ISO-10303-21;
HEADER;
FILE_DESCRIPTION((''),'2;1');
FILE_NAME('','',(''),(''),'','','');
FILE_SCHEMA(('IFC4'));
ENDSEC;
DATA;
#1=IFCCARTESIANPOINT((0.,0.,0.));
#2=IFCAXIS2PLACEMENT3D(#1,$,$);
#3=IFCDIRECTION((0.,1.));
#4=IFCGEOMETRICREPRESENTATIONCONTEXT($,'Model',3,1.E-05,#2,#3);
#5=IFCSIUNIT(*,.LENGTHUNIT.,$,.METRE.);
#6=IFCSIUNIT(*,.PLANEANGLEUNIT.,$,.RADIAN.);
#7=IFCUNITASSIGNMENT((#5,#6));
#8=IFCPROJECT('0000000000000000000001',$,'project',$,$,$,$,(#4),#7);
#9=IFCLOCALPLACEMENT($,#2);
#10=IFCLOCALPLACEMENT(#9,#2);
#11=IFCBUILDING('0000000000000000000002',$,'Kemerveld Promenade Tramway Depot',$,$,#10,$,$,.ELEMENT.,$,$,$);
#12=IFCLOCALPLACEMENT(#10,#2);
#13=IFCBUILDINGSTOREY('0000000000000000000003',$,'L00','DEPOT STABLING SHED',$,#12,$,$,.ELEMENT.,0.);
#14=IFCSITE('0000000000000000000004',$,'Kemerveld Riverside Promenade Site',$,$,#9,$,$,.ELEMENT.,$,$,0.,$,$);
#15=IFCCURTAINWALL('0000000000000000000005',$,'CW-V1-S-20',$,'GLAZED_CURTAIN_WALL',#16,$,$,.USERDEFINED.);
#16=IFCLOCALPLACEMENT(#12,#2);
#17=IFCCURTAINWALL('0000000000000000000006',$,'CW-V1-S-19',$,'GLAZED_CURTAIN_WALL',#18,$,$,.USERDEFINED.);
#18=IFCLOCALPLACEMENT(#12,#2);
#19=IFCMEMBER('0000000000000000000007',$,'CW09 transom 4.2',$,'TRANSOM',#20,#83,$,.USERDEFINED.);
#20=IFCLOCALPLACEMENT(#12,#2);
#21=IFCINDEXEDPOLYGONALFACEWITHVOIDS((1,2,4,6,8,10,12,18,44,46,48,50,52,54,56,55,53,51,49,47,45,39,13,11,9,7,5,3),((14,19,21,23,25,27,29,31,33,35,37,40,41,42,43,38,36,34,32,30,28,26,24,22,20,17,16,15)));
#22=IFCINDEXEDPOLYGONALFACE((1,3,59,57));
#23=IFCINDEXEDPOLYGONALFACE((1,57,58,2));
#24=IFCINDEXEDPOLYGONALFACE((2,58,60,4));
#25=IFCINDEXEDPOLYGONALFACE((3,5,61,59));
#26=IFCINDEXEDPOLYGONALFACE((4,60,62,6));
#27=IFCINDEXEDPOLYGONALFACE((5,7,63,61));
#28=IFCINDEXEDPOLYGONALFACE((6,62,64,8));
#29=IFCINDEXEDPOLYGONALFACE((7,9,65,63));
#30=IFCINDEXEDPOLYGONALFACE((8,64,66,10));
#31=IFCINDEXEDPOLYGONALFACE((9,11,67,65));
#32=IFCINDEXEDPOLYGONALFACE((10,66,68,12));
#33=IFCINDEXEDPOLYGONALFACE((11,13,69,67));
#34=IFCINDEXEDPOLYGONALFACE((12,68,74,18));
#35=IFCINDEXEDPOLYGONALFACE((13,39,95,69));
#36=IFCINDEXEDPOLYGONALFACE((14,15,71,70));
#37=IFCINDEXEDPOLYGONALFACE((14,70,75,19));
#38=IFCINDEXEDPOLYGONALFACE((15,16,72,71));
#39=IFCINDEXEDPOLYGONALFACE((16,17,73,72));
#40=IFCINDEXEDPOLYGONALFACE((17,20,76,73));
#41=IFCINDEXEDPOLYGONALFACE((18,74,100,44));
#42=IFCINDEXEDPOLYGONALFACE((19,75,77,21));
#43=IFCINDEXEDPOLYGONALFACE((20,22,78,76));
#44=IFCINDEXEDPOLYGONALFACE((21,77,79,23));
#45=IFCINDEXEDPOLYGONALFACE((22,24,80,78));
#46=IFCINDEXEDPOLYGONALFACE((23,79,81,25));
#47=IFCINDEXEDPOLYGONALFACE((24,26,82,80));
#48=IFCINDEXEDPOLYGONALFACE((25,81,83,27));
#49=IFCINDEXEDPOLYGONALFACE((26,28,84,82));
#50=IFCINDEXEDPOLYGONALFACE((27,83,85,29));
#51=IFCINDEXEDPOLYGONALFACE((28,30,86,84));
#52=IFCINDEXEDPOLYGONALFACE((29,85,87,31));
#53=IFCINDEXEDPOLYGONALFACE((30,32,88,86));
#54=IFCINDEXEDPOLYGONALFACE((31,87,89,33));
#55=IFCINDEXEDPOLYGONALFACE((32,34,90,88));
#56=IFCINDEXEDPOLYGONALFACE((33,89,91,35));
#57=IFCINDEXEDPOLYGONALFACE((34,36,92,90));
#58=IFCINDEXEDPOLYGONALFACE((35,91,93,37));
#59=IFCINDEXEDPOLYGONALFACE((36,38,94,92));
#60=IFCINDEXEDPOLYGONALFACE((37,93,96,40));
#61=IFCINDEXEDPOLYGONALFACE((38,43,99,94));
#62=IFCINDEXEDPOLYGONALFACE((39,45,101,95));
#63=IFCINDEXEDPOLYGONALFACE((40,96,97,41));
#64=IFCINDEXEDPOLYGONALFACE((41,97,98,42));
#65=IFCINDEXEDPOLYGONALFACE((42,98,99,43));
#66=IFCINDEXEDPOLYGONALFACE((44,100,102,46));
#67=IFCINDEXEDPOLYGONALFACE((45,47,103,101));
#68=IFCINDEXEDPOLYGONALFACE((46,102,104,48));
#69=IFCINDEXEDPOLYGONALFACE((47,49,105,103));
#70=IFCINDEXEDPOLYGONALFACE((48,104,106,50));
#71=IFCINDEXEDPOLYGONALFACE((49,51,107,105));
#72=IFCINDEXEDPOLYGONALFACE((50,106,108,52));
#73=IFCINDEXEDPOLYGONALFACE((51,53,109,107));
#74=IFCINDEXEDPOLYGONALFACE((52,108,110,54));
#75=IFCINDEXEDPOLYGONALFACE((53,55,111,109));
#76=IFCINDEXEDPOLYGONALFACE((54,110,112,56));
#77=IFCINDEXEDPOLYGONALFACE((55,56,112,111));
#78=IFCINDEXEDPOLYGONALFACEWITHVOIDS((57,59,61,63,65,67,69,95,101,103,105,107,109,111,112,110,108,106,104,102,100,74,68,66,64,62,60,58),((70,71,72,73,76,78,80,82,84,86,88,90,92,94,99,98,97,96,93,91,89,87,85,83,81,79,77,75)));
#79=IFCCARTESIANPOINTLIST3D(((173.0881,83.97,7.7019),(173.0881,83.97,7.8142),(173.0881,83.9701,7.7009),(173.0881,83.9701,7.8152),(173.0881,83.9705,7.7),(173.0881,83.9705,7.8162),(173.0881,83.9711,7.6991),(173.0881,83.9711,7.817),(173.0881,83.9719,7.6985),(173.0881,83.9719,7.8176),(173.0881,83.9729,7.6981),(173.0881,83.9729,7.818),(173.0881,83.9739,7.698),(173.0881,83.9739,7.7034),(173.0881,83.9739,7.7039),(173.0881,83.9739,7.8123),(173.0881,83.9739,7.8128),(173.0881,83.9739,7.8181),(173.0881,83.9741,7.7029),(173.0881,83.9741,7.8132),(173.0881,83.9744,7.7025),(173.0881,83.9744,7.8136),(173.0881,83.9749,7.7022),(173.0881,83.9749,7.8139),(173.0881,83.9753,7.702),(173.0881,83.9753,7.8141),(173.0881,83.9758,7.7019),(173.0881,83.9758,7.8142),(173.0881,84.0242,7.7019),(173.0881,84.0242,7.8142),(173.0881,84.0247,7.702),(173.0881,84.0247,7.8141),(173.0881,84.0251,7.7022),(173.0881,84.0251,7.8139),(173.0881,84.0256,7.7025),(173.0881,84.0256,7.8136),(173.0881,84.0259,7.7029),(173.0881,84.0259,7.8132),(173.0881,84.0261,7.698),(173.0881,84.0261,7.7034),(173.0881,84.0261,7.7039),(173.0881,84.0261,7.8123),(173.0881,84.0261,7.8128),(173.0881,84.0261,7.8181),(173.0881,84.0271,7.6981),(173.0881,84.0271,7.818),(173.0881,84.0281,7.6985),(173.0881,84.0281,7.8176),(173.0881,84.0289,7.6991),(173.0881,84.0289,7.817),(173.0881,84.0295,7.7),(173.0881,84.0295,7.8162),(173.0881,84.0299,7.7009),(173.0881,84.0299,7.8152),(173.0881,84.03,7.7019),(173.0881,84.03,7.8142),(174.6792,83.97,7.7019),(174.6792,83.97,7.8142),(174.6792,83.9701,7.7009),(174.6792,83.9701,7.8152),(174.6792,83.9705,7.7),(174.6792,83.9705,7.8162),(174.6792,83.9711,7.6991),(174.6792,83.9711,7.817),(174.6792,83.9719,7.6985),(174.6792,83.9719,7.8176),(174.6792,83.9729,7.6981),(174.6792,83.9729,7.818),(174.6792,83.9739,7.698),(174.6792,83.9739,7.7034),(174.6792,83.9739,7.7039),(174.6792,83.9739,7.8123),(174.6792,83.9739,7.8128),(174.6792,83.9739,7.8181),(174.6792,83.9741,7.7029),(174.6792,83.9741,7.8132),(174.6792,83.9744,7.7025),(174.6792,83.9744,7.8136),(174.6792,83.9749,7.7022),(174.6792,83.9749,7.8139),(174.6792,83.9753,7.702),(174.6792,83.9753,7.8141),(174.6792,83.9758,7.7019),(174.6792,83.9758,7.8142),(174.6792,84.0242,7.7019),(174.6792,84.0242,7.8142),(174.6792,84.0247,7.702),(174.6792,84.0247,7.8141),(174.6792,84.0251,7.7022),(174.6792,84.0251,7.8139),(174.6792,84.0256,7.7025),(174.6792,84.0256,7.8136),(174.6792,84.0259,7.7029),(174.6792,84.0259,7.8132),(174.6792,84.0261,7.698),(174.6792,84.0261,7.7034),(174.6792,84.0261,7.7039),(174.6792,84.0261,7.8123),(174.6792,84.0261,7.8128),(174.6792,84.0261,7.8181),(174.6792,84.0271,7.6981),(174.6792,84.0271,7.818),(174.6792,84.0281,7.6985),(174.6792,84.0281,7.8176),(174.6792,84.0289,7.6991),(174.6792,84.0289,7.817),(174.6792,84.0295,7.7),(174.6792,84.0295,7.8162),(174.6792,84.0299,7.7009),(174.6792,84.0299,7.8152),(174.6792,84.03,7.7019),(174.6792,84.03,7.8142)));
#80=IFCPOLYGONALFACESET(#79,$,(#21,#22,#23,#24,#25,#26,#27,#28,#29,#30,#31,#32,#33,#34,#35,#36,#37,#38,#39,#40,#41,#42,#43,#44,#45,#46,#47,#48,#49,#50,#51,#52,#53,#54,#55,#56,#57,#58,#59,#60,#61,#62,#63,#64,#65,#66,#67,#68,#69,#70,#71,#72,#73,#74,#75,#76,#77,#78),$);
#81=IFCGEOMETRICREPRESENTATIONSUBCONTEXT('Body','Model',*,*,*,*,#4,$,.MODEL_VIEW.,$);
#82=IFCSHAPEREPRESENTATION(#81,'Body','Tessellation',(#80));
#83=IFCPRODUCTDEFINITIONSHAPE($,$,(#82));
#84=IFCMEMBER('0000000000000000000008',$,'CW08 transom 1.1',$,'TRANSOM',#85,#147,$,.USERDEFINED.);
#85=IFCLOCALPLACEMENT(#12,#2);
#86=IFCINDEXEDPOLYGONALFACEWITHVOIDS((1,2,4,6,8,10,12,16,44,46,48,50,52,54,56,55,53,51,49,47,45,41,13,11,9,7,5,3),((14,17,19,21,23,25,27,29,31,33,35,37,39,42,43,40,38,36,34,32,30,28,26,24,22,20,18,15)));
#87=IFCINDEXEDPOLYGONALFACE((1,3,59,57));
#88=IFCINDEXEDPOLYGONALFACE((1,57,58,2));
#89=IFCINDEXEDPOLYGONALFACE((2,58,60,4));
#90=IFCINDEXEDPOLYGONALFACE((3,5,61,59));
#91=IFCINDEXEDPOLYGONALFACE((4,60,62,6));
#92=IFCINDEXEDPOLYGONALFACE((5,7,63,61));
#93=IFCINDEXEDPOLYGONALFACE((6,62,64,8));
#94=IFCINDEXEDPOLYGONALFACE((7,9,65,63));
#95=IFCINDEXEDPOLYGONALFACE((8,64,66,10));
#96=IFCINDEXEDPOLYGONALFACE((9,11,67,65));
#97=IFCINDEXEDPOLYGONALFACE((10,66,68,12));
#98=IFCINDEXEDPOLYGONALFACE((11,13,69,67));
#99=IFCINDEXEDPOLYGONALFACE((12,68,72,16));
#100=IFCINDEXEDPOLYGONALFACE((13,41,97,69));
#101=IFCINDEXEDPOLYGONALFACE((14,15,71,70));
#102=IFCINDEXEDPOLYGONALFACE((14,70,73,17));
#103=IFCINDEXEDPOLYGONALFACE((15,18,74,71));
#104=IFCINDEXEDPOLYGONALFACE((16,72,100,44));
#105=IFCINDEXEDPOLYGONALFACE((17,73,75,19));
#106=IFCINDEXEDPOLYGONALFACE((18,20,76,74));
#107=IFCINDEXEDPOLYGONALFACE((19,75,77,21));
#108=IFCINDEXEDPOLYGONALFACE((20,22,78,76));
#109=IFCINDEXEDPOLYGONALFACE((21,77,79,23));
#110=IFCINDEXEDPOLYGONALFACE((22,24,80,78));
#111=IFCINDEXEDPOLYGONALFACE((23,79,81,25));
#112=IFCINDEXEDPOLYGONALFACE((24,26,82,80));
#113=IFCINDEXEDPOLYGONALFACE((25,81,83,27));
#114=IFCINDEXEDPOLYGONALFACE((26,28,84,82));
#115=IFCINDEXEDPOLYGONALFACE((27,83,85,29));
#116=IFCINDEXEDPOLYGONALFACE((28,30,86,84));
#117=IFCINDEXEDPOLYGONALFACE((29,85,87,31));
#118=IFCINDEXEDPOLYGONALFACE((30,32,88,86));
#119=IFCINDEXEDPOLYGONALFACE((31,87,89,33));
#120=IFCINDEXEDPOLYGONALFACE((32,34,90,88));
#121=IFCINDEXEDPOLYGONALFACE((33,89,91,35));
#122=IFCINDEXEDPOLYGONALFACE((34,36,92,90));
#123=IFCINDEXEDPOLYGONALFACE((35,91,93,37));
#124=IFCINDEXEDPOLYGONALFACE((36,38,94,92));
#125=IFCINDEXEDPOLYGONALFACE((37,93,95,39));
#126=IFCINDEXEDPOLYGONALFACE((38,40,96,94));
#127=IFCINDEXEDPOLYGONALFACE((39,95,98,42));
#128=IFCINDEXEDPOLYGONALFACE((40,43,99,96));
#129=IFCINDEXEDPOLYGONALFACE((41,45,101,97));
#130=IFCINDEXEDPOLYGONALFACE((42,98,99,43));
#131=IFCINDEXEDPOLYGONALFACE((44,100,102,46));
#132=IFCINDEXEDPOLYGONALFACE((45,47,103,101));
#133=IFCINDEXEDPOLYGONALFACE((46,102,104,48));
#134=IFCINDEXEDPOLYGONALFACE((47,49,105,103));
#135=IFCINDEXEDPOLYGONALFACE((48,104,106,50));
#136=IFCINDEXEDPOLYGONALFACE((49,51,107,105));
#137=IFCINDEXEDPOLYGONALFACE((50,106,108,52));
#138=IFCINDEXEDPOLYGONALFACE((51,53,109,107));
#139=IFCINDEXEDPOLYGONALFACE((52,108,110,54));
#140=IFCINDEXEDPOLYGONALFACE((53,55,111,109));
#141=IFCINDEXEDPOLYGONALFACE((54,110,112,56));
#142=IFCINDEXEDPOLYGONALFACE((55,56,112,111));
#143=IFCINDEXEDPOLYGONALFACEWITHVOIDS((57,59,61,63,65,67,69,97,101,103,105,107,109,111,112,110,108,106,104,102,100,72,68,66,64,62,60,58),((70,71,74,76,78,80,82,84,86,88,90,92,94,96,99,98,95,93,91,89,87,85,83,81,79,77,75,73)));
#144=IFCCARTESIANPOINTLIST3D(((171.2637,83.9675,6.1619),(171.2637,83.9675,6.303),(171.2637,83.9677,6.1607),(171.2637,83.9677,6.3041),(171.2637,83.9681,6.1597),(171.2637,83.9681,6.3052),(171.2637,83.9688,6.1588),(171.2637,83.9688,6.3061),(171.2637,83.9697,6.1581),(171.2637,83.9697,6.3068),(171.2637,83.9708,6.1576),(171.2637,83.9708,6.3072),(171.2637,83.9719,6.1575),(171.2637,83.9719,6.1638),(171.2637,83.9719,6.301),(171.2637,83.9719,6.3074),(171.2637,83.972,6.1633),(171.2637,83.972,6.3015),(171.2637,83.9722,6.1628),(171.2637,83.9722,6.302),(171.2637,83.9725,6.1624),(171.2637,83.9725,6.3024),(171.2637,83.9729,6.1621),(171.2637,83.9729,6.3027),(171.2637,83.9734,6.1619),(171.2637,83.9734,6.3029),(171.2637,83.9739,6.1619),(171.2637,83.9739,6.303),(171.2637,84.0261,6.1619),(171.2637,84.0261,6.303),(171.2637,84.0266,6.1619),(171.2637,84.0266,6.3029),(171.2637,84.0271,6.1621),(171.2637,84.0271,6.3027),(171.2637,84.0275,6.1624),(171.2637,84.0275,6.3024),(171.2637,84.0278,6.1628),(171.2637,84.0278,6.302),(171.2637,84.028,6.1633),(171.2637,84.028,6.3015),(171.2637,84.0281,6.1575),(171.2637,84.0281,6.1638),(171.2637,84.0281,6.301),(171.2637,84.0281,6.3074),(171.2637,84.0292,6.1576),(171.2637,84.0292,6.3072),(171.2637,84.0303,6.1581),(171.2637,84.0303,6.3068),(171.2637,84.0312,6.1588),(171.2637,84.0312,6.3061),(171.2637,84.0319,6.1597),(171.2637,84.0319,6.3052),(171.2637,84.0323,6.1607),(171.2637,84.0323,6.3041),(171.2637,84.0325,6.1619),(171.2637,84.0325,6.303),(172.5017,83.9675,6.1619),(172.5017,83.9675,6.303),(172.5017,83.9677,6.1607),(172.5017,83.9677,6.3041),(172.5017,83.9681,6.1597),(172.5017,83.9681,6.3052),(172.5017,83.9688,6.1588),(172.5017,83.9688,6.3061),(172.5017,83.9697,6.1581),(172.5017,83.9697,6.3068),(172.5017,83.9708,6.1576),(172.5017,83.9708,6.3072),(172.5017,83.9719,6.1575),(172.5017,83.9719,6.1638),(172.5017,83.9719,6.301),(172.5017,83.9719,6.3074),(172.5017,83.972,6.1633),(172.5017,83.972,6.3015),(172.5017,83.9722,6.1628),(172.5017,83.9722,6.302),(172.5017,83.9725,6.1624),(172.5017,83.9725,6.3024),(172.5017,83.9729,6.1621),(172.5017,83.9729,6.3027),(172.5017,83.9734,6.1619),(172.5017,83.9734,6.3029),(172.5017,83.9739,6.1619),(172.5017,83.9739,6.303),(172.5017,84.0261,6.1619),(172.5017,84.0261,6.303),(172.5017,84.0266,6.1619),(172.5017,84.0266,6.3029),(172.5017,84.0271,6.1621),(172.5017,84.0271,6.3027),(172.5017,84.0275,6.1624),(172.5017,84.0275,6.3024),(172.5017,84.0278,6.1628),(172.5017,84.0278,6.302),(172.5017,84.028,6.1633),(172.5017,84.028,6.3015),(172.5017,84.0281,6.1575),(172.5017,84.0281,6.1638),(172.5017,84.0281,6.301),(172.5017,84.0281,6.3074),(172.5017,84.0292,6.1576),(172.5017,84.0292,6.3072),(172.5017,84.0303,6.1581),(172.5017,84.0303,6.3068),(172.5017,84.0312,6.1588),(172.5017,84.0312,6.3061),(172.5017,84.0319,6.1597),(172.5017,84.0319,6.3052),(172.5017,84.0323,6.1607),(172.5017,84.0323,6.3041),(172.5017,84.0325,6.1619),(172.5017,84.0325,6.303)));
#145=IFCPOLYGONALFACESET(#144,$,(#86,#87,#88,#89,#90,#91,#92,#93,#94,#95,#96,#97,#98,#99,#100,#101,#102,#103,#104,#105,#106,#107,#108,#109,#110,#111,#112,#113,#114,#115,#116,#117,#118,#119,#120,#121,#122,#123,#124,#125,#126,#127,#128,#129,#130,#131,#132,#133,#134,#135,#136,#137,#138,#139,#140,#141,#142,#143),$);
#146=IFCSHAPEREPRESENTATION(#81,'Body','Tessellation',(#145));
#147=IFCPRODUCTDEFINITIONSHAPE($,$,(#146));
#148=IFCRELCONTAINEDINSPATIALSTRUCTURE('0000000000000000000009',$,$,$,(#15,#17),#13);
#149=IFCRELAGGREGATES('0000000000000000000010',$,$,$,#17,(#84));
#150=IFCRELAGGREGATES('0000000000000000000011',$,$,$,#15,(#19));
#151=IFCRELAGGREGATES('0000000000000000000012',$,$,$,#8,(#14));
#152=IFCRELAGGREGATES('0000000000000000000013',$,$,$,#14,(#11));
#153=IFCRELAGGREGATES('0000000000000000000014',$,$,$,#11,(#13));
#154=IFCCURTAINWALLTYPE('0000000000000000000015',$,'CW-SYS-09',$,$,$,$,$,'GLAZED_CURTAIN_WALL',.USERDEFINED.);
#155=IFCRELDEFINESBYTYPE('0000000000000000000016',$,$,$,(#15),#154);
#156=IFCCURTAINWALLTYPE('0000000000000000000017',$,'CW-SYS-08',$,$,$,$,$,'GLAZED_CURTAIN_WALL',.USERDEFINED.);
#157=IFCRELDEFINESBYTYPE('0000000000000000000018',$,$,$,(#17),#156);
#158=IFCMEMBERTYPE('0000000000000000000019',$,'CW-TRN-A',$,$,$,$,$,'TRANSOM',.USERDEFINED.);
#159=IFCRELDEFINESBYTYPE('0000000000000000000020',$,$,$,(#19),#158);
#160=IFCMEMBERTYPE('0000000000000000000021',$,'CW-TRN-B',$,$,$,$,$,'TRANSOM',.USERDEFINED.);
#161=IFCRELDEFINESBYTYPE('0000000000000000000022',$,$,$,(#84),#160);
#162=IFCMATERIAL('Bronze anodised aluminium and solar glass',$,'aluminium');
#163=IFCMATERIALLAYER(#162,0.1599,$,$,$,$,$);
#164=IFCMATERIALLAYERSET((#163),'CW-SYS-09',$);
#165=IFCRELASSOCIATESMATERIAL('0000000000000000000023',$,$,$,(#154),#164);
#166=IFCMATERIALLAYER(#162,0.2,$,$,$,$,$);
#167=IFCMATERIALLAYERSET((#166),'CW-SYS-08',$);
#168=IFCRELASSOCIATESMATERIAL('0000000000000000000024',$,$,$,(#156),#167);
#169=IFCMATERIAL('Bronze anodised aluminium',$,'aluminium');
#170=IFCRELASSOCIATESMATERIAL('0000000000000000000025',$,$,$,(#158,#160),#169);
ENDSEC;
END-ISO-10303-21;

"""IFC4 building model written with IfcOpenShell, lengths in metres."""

from ifc_helpers import new_model, si_unit, direction, frame, origin, origin_2d, place, context, subcontext, project, spatial, hollow_rectangle, extrude, material, layer, layer_set, material_profile, profile_set, type_object, element, aggregate, save


model = new_model("IFC4")

# Units and contexts
model_context = context("Model", 3, precision=1e-05, world=origin(), true_north=direction((0.0, 1.0)))
body_context = subcontext(model_context, "Body", "Model", "MODEL_VIEW")
ifc_project = project(units=[si_unit("LENGTHUNIT", "METRE"), si_unit("PLANEANGLEUNIT", "RADIAN")], contexts=[model_context])

# Site, building, storey
site_placement = place(None, origin())
site = spatial("IfcSite", under=ifc_project, at=site_placement, Name="Kemerveld Riverside Promenade Site", CompositionType="ELEMENT", RefElevation=0.0)
building_placement = place(site_placement, origin())
building = spatial("IfcBuilding", under=site, at=building_placement, Name="Kemerveld Promenade Tramway Depot", CompositionType="ELEMENT")
storey_placement = place(building_placement, origin())
storey = spatial("IfcBuildingStorey", under=building, at=storey_placement, Name="L00", Description="DEPOT STABLING SHED", CompositionType="ELEMENT", Elevation=0.0)

# Curtain walls
ifc_material_1 = material(Name="Bronze anodised aluminium and solar glass", Category="aluminium")
ifc_layer_1 = layer(ifc_material_1, 0.1599)
ifc_layer_set_1 = layer_set([ifc_layer_1], Name="CW-SYS-09")
curtain_wall_type_1 = type_object("IfcCurtainWallType", Name="CW-SYS-09", ElementType="GLAZED_CURTAIN_WALL", PredefinedType="USERDEFINED", material=ifc_layer_set_1)
curtain_wall_1_placement = place(storey_placement, origin())
curtain_wall_1 = element("IfcCurtainWall", 1, at=curtain_wall_1_placement, inside=storey, type_object=curtain_wall_type_1, Name="CW-V1-S-20", ObjectType="GLAZED_CURTAIN_WALL", PredefinedType="USERDEFINED")
ifc_material_2 = material(Name="Bronze anodised aluminium", Category="aluminium")
ifc_layer_2 = layer(ifc_material_1, 0.2)
ifc_layer_set_2 = layer_set([ifc_layer_2], Name="CW-SYS-08")
curtain_wall_type_2 = type_object("IfcCurtainWallType", Name="CW-SYS-08", ElementType="GLAZED_CURTAIN_WALL", PredefinedType="USERDEFINED", material=ifc_layer_set_2)
curtain_wall_2_placement = place(storey_placement, origin())
curtain_wall_2 = element("IfcCurtainWall", 2, at=curtain_wall_2_placement, inside=storey, type_object=curtain_wall_type_2, Name="CW-V1-S-19", ObjectType="GLAZED_CURTAIN_WALL", PredefinedType="USERDEFINED")

# Members
ifc_material_profile_1 = material_profile(ifc_material_2, hollow_rectangle(XDim=0.0601, YDim=0.1201, WallThickness=0.0039, InnerFilletRadius=0.002, OuterFilletRadius=0.0039, at=origin_2d()), Name="CW-TRN-120x60")
ifc_profile_set_1 = profile_set([ifc_material_profile_1], Name="Bronze anodised aluminium")
member_type_1 = type_object("IfcMemberType", Name="CW-TRN-A", ElementType="TRANSOM", PredefinedType="USERDEFINED", material=ifc_profile_set_1)
member_1_placement = place(storey_placement, frame((174.6792, 84.0, 7.7581), z_axis=(-1.0, 0.0, 0.0), x_axis=(0.0, -1.0, 0.0)))
member_1 = element("IfcMember", 3, at=member_1_placement, type_object=member_type_1, Name="CW09 transom 4.2", ObjectType="TRANSOM", PredefinedType="USERDEFINED", context=body_context, shape_type="SweptSolid", body=[
    extrude(hollow_rectangle(XDim=0.0601, YDim=0.1201, WallThickness=0.0039, InnerFilletRadius=0.002, OuterFilletRadius=0.0039, at=origin_2d()), origin(), (0.0, 0.0, 1.0), 1.5911),
])
ifc_material_profile_2 = material_profile(ifc_material_2, hollow_rectangle(XDim=0.0649, YDim=0.1499, WallThickness=0.0044, InnerFilletRadius=0.002, OuterFilletRadius=0.0044, at=origin_2d()), Name="CW-TRN-150x65")
ifc_profile_set_2 = profile_set([ifc_material_profile_2], Name="Bronze anodised aluminium")
member_type_2 = type_object("IfcMemberType", Name="CW-TRN-B", ElementType="TRANSOM", PredefinedType="USERDEFINED", material=ifc_profile_set_2)
member_2_placement = place(storey_placement, frame((172.5017, 84.0, 6.2324), z_axis=(-1.0, 0.0, 0.0), x_axis=(0.0, -1.0, 0.0)))
member_2 = element("IfcMember", 4, at=member_2_placement, type_object=member_type_2, Name="CW08 transom 1.1", ObjectType="TRANSOM", PredefinedType="USERDEFINED", context=body_context, shape_type="SweptSolid", body=[
    extrude(hollow_rectangle(XDim=0.0649, YDim=0.1499, WallThickness=0.0044, InnerFilletRadius=0.002, OuterFilletRadius=0.0044, at=origin_2d()), origin(), (0.0, 0.0, 1.0), 1.238),
])

aggregate(curtain_wall_2, [member_2])
aggregate(curtain_wall_1, [member_1])

save(model, "model.ifc")
